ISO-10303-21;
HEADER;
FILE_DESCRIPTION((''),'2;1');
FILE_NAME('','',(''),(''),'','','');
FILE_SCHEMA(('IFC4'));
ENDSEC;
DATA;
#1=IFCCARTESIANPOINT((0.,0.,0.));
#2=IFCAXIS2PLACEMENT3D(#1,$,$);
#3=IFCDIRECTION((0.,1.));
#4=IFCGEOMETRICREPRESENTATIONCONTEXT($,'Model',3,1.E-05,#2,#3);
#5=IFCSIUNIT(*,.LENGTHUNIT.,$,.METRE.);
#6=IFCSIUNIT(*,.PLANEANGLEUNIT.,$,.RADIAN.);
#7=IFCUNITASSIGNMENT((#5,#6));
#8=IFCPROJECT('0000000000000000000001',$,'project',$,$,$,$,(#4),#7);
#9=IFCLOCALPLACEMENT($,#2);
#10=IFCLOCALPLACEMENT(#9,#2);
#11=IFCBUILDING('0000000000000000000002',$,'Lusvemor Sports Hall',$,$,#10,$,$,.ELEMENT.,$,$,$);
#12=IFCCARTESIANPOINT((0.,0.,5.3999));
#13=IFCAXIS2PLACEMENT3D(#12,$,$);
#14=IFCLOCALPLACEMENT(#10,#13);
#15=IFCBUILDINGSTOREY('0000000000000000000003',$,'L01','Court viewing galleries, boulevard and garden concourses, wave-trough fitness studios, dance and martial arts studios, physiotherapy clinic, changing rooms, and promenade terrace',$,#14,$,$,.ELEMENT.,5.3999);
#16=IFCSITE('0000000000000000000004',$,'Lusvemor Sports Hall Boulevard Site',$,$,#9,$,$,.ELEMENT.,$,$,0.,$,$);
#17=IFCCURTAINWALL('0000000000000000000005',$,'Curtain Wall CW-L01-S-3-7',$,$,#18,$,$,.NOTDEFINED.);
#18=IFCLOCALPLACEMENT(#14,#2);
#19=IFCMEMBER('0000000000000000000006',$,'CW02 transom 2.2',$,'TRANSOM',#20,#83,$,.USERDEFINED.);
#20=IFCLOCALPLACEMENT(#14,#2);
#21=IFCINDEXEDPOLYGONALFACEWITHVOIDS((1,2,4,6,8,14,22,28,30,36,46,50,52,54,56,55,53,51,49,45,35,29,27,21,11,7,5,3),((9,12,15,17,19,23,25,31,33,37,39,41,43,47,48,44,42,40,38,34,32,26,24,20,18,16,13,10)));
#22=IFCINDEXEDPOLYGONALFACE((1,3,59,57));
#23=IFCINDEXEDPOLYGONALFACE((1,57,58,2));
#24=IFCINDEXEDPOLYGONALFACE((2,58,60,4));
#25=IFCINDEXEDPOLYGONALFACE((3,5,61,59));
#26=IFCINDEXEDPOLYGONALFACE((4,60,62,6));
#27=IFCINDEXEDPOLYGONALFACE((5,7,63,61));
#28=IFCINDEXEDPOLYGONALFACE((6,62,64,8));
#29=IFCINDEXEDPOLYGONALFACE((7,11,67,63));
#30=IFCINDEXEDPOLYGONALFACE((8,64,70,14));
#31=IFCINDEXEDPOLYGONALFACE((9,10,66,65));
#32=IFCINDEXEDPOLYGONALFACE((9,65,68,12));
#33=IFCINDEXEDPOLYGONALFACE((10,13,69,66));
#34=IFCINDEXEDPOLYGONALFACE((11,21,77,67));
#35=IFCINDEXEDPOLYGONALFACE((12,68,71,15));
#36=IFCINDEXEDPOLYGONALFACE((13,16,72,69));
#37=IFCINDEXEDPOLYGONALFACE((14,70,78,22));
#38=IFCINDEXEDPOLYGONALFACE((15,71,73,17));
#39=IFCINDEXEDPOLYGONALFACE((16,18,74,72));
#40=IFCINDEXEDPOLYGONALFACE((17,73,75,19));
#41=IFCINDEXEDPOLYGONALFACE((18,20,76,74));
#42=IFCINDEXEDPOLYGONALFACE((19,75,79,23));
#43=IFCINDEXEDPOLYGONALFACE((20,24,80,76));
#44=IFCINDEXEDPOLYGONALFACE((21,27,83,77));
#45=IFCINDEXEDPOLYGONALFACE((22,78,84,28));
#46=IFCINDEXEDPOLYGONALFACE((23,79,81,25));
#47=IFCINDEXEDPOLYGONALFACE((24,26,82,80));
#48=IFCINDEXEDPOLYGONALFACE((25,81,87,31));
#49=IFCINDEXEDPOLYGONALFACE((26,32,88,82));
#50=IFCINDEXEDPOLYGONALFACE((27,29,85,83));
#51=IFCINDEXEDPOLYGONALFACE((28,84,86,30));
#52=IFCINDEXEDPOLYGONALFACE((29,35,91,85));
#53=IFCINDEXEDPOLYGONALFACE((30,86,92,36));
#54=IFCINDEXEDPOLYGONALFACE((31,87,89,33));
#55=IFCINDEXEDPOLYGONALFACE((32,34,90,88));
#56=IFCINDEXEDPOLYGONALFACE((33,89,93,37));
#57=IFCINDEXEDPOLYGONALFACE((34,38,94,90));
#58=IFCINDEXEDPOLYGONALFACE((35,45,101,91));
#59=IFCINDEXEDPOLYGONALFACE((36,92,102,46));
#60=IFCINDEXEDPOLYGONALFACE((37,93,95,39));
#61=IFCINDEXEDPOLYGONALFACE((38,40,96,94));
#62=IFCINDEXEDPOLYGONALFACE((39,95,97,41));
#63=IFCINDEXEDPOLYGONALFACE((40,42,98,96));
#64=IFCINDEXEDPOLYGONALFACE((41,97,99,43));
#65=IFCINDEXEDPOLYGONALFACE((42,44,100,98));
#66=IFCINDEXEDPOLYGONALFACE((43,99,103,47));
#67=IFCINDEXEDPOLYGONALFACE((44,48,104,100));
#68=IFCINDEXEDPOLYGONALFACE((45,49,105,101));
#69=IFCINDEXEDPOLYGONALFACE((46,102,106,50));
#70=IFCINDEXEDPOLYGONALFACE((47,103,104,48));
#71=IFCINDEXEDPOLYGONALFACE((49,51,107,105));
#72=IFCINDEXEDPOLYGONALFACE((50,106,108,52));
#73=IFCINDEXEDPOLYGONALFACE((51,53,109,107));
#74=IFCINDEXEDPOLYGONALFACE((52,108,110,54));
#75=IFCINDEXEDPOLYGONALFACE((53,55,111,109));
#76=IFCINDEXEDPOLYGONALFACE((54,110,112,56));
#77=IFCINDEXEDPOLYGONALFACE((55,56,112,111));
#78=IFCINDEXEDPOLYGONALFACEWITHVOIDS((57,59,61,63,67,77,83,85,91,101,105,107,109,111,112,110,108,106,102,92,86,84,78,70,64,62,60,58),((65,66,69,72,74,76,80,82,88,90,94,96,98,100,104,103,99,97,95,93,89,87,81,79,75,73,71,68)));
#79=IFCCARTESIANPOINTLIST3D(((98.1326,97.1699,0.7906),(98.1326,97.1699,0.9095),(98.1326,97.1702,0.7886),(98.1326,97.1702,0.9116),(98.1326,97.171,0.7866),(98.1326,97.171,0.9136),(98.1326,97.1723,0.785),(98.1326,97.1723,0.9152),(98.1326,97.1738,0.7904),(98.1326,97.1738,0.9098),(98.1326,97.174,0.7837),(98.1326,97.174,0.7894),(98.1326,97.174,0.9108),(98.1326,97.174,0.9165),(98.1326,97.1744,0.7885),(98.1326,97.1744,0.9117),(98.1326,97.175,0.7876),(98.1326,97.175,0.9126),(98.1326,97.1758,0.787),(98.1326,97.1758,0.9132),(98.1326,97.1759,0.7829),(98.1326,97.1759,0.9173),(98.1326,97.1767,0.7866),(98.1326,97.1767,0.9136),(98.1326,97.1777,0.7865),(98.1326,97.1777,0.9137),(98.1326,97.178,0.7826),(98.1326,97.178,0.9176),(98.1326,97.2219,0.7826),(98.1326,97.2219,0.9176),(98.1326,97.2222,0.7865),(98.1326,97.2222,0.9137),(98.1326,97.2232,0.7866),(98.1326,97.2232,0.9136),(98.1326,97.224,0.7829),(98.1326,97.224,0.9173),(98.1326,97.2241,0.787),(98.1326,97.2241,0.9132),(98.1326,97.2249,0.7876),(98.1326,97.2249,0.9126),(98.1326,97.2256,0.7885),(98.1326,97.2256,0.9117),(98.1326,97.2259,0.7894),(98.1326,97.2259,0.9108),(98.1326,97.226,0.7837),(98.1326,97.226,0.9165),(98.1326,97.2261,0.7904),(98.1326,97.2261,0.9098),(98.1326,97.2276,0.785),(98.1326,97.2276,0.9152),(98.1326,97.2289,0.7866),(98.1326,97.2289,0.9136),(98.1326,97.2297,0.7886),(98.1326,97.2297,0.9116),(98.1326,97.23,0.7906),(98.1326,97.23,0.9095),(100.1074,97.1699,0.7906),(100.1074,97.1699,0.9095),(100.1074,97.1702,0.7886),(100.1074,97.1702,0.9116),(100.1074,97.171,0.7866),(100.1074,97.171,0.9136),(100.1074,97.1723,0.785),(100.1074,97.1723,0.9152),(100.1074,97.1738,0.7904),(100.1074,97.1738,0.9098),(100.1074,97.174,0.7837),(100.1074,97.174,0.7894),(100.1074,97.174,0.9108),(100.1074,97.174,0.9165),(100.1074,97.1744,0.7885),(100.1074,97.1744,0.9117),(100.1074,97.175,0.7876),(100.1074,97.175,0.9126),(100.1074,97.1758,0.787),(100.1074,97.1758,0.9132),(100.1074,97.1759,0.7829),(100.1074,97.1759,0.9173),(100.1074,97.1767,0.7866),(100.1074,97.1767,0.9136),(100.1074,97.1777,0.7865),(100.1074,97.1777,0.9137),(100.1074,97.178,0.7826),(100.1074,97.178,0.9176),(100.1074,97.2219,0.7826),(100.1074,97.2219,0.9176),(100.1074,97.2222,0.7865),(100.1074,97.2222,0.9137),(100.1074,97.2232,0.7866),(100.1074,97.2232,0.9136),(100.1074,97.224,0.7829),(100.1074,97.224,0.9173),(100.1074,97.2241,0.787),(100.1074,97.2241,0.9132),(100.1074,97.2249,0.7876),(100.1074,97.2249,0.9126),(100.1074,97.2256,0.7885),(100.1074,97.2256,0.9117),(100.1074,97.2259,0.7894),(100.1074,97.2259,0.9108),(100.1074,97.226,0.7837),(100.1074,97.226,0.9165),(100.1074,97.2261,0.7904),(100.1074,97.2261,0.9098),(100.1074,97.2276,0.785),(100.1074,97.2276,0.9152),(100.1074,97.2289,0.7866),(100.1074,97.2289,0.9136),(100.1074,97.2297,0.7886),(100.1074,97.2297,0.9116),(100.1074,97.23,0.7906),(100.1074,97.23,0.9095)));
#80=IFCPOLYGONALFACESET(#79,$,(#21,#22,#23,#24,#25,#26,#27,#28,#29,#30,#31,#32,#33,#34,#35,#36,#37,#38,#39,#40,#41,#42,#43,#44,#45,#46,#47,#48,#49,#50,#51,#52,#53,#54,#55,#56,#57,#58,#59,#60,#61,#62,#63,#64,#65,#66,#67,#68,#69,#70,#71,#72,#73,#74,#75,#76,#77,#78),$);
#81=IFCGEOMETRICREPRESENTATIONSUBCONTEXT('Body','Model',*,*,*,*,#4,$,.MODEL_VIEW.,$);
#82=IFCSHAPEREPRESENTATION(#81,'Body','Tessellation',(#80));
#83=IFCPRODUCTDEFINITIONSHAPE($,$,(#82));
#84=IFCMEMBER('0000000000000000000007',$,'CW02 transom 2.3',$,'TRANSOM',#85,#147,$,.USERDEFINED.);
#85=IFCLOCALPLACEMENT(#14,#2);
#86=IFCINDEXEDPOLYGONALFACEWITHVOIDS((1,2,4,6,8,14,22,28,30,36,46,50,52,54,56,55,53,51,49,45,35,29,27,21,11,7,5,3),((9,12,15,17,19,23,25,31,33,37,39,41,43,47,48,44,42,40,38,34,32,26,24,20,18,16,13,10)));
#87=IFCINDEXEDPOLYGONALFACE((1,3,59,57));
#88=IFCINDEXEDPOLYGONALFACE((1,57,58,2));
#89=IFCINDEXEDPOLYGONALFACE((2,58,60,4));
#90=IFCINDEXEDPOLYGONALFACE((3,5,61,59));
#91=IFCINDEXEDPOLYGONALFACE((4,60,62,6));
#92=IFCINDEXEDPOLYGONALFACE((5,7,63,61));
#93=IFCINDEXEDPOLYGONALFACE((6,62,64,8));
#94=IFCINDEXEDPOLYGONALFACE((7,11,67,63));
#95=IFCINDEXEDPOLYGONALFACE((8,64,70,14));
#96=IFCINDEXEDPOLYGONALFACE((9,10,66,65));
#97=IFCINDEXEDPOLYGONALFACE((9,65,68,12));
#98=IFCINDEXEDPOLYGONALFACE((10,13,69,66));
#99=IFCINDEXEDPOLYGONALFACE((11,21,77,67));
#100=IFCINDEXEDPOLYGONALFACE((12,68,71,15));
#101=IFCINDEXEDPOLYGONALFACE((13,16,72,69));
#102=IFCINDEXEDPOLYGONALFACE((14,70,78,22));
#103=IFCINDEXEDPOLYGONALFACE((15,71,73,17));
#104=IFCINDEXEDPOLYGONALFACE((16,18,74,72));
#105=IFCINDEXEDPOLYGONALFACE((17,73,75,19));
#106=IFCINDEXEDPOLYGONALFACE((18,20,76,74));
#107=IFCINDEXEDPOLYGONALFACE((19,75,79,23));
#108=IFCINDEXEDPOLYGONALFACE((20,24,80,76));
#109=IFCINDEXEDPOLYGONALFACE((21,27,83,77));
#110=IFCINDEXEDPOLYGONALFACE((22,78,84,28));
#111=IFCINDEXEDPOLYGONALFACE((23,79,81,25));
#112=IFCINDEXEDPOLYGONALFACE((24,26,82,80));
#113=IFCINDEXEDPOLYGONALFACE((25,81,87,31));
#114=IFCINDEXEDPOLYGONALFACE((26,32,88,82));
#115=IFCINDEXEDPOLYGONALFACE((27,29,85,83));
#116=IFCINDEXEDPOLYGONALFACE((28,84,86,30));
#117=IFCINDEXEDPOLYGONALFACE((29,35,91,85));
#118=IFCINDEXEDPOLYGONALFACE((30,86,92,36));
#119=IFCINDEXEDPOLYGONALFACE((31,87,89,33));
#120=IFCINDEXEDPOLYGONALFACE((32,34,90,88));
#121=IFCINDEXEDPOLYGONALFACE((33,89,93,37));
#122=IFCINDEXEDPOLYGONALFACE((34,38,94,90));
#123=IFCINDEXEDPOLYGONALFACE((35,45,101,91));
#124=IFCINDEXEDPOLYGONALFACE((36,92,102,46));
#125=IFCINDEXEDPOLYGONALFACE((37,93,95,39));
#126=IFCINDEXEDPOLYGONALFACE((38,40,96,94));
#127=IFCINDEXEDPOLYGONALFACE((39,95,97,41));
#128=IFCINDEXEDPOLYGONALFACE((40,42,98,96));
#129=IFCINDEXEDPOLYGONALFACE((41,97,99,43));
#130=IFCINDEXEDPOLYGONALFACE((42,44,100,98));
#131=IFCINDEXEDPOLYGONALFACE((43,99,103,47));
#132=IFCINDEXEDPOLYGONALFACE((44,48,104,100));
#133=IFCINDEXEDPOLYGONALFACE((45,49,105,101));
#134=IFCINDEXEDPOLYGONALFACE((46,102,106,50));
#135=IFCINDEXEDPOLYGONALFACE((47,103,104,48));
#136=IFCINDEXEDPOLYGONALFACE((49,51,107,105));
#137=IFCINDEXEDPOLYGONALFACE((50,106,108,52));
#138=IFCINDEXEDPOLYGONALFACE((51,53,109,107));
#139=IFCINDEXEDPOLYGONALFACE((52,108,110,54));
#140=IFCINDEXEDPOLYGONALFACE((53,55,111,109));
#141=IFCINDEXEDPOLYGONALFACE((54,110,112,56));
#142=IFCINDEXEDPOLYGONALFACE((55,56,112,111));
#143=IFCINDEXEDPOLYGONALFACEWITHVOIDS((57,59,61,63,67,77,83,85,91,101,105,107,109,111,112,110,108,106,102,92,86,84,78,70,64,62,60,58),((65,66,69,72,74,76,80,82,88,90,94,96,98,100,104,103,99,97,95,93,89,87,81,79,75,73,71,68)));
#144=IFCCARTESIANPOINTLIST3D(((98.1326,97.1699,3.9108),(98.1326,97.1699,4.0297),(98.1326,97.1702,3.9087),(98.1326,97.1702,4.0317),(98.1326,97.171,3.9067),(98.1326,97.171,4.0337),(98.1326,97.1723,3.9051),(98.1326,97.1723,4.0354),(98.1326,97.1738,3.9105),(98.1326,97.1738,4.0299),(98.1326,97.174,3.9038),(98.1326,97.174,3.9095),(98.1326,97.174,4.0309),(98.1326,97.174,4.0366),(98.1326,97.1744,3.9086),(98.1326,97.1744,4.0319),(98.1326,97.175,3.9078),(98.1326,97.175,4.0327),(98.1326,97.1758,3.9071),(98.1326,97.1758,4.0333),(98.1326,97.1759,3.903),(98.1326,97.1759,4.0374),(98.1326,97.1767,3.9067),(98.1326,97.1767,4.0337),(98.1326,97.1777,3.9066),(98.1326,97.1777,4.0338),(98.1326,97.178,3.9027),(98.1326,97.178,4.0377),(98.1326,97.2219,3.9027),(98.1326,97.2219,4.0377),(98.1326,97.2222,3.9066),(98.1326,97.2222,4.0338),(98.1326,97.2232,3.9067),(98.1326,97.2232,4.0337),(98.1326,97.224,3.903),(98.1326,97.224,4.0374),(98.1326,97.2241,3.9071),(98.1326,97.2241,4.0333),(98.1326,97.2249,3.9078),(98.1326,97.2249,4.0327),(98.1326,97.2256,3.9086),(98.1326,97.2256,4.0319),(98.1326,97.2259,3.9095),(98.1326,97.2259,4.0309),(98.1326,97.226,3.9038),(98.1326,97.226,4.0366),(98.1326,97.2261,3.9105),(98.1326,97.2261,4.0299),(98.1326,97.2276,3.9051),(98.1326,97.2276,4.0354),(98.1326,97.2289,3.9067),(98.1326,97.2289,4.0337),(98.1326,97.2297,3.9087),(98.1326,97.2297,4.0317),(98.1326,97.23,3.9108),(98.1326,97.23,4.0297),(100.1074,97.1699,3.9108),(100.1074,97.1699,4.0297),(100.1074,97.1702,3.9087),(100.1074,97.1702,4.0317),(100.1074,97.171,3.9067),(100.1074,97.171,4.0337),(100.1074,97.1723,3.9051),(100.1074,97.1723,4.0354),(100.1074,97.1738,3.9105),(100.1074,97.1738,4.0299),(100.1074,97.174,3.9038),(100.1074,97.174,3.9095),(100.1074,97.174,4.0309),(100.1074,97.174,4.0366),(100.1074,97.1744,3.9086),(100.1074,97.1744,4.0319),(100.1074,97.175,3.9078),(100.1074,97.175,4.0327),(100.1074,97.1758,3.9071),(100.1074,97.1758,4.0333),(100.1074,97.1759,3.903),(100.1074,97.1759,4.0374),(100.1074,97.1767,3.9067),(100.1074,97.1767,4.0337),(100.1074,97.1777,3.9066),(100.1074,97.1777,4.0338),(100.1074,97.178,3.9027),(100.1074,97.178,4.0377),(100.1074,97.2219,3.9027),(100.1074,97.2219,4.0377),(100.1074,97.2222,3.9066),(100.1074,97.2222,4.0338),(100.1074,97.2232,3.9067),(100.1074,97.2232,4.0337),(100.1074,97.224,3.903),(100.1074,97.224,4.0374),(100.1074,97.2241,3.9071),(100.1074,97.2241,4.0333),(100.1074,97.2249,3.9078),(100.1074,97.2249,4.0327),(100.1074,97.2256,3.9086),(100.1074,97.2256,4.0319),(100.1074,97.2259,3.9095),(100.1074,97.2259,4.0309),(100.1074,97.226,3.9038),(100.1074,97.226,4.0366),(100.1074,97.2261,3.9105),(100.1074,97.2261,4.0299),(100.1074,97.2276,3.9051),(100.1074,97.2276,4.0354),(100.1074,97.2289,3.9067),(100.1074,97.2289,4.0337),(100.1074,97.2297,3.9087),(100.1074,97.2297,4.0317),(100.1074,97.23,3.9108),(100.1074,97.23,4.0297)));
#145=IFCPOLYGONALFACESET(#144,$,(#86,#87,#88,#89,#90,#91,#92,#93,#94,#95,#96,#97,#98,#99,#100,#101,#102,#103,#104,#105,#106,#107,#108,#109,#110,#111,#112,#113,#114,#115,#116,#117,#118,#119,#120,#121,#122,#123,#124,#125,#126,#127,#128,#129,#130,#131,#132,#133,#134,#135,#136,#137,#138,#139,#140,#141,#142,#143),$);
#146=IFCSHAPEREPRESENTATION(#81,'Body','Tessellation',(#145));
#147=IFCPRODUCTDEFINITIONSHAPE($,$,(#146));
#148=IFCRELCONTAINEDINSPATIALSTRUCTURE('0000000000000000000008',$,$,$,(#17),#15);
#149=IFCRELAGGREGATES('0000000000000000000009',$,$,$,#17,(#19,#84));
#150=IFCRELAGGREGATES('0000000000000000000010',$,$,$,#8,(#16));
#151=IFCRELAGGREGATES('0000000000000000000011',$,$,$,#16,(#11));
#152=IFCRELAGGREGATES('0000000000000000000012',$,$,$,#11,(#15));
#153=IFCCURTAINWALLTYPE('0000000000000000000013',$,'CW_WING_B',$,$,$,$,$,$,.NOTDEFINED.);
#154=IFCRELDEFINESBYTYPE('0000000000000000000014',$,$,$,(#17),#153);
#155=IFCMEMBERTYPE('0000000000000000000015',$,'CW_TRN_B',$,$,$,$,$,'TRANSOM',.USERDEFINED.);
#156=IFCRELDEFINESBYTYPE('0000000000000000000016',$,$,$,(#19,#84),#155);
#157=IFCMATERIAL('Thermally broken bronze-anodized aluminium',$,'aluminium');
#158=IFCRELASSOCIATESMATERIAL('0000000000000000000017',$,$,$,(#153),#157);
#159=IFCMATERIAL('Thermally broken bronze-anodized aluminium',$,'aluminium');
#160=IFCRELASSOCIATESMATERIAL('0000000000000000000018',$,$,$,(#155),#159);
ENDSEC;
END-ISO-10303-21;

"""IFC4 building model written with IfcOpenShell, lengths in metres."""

from ifc_helpers import new_model, si_unit, direction, frame, origin, origin_2d, place, context, subcontext, project, spatial, hollow_rectangle, extrude, material, material_profile, profile_set, type_object, element, aggregate, save


model = new_model("IFC4")

# Units and contexts
model_context = context("Model", 3, precision=1e-05, world=origin(), true_north=direction((0.0, 1.0)))
body_context = subcontext(model_context, "Body", "Model", "MODEL_VIEW")
ifc_project = project(units=[si_unit("LENGTHUNIT", "METRE"), si_unit("PLANEANGLEUNIT", "RADIAN")], contexts=[model_context])

# Site, building, storey
site_placement = place(None, origin())
site = spatial("IfcSite", under=ifc_project, at=site_placement, Name="Lusvemor Sports Hall Boulevard Site", CompositionType="ELEMENT", RefElevation=0.0)
building_placement = place(site_placement, origin())
building = spatial("IfcBuilding", under=site, at=building_placement, Name="Lusvemor Sports Hall", CompositionType="ELEMENT")
storey_placement = place(building_placement, frame((0.0, 0.0, 5.3999)))
storey = spatial("IfcBuildingStorey", under=building, at=storey_placement, Name="L01", Description="Court viewing galleries, boulevard and garden concourses, wave-trough fitness studios, dance and martial arts studios, physiotherapy clinic, changing rooms, and promenade terrace", CompositionType="ELEMENT", Elevation=5.3999)

# Curtain wall, members
ifc_material_1 = material(Name="Thermally broken bronze-anodized aluminium", Category="aluminium")
curtain_wall_type = type_object("IfcCurtainWallType", Name="CW_WING_B", PredefinedType="NOTDEFINED", material=ifc_material_1)
curtain_wall_placement = place(storey_placement, origin())
curtain_wall = element("IfcCurtainWall", 1, at=curtain_wall_placement, inside=storey, type_object=curtain_wall_type, Name="Curtain Wall CW-L01-S-3-7", PredefinedType="NOTDEFINED")
ifc_material_2 = material(Name="Thermally broken bronze-anodized aluminium", Category="aluminium")
ifc_material_profile_1 = material_profile(ifc_material_2, hollow_rectangle(XDim=0.0601, YDim=0.135, WallThickness=0.0039, InnerFilletRadius=0.0039, OuterFilletRadius=0.0081, at=origin_2d()), Name="CWTRN135x60x4")
ifc_profile_set_1 = profile_set([ifc_material_profile_1], Name="Thermally broken bronze-anodized aluminium")
member_type_1 = type_object("IfcMemberType", Name="CW_TRN_B", ElementType="TRANSOM", PredefinedType="USERDEFINED", material=ifc_profile_set_1)
member_1_placement = place(storey_placement, frame((100.1074, 97.2, 0.8501), z_axis=(-1.0, 0.0, 0.0), x_axis=(0.0, -1.0, 0.0)))
member_1 = element("IfcMember", 2, at=member_1_placement, type_object=member_type_1, Name="CW02 transom 2.2", ObjectType="TRANSOM", PredefinedType="USERDEFINED", context=body_context, shape_type="SweptSolid", body=[
    extrude(hollow_rectangle(XDim=0.0601, YDim=0.135, WallThickness=0.0039, InnerFilletRadius=0.0039, OuterFilletRadius=0.0081, at=origin_2d()), origin(), (0.0, 0.0, 1.0), 1.9749),
])
member_2_placement = place(storey_placement, frame((100.1074, 97.2, 3.9702), z_axis=(-1.0, 0.0, 0.0), x_axis=(0.0, -1.0, 0.0)))
member_2 = element("IfcMember", 3, at=member_2_placement, type_object=member_type_1, Name="CW02 transom 2.3", ObjectType="TRANSOM", PredefinedType="USERDEFINED", context=body_context, shape_type="SweptSolid", body=[
    extrude(hollow_rectangle(XDim=0.0601, YDim=0.135, WallThickness=0.0039, InnerFilletRadius=0.0039, OuterFilletRadius=0.0081, at=origin_2d()), origin(), (0.0, 0.0, 1.0), 1.9749),
])

aggregate(curtain_wall, [member_1, member_2])

save(model, "model.ifc")
